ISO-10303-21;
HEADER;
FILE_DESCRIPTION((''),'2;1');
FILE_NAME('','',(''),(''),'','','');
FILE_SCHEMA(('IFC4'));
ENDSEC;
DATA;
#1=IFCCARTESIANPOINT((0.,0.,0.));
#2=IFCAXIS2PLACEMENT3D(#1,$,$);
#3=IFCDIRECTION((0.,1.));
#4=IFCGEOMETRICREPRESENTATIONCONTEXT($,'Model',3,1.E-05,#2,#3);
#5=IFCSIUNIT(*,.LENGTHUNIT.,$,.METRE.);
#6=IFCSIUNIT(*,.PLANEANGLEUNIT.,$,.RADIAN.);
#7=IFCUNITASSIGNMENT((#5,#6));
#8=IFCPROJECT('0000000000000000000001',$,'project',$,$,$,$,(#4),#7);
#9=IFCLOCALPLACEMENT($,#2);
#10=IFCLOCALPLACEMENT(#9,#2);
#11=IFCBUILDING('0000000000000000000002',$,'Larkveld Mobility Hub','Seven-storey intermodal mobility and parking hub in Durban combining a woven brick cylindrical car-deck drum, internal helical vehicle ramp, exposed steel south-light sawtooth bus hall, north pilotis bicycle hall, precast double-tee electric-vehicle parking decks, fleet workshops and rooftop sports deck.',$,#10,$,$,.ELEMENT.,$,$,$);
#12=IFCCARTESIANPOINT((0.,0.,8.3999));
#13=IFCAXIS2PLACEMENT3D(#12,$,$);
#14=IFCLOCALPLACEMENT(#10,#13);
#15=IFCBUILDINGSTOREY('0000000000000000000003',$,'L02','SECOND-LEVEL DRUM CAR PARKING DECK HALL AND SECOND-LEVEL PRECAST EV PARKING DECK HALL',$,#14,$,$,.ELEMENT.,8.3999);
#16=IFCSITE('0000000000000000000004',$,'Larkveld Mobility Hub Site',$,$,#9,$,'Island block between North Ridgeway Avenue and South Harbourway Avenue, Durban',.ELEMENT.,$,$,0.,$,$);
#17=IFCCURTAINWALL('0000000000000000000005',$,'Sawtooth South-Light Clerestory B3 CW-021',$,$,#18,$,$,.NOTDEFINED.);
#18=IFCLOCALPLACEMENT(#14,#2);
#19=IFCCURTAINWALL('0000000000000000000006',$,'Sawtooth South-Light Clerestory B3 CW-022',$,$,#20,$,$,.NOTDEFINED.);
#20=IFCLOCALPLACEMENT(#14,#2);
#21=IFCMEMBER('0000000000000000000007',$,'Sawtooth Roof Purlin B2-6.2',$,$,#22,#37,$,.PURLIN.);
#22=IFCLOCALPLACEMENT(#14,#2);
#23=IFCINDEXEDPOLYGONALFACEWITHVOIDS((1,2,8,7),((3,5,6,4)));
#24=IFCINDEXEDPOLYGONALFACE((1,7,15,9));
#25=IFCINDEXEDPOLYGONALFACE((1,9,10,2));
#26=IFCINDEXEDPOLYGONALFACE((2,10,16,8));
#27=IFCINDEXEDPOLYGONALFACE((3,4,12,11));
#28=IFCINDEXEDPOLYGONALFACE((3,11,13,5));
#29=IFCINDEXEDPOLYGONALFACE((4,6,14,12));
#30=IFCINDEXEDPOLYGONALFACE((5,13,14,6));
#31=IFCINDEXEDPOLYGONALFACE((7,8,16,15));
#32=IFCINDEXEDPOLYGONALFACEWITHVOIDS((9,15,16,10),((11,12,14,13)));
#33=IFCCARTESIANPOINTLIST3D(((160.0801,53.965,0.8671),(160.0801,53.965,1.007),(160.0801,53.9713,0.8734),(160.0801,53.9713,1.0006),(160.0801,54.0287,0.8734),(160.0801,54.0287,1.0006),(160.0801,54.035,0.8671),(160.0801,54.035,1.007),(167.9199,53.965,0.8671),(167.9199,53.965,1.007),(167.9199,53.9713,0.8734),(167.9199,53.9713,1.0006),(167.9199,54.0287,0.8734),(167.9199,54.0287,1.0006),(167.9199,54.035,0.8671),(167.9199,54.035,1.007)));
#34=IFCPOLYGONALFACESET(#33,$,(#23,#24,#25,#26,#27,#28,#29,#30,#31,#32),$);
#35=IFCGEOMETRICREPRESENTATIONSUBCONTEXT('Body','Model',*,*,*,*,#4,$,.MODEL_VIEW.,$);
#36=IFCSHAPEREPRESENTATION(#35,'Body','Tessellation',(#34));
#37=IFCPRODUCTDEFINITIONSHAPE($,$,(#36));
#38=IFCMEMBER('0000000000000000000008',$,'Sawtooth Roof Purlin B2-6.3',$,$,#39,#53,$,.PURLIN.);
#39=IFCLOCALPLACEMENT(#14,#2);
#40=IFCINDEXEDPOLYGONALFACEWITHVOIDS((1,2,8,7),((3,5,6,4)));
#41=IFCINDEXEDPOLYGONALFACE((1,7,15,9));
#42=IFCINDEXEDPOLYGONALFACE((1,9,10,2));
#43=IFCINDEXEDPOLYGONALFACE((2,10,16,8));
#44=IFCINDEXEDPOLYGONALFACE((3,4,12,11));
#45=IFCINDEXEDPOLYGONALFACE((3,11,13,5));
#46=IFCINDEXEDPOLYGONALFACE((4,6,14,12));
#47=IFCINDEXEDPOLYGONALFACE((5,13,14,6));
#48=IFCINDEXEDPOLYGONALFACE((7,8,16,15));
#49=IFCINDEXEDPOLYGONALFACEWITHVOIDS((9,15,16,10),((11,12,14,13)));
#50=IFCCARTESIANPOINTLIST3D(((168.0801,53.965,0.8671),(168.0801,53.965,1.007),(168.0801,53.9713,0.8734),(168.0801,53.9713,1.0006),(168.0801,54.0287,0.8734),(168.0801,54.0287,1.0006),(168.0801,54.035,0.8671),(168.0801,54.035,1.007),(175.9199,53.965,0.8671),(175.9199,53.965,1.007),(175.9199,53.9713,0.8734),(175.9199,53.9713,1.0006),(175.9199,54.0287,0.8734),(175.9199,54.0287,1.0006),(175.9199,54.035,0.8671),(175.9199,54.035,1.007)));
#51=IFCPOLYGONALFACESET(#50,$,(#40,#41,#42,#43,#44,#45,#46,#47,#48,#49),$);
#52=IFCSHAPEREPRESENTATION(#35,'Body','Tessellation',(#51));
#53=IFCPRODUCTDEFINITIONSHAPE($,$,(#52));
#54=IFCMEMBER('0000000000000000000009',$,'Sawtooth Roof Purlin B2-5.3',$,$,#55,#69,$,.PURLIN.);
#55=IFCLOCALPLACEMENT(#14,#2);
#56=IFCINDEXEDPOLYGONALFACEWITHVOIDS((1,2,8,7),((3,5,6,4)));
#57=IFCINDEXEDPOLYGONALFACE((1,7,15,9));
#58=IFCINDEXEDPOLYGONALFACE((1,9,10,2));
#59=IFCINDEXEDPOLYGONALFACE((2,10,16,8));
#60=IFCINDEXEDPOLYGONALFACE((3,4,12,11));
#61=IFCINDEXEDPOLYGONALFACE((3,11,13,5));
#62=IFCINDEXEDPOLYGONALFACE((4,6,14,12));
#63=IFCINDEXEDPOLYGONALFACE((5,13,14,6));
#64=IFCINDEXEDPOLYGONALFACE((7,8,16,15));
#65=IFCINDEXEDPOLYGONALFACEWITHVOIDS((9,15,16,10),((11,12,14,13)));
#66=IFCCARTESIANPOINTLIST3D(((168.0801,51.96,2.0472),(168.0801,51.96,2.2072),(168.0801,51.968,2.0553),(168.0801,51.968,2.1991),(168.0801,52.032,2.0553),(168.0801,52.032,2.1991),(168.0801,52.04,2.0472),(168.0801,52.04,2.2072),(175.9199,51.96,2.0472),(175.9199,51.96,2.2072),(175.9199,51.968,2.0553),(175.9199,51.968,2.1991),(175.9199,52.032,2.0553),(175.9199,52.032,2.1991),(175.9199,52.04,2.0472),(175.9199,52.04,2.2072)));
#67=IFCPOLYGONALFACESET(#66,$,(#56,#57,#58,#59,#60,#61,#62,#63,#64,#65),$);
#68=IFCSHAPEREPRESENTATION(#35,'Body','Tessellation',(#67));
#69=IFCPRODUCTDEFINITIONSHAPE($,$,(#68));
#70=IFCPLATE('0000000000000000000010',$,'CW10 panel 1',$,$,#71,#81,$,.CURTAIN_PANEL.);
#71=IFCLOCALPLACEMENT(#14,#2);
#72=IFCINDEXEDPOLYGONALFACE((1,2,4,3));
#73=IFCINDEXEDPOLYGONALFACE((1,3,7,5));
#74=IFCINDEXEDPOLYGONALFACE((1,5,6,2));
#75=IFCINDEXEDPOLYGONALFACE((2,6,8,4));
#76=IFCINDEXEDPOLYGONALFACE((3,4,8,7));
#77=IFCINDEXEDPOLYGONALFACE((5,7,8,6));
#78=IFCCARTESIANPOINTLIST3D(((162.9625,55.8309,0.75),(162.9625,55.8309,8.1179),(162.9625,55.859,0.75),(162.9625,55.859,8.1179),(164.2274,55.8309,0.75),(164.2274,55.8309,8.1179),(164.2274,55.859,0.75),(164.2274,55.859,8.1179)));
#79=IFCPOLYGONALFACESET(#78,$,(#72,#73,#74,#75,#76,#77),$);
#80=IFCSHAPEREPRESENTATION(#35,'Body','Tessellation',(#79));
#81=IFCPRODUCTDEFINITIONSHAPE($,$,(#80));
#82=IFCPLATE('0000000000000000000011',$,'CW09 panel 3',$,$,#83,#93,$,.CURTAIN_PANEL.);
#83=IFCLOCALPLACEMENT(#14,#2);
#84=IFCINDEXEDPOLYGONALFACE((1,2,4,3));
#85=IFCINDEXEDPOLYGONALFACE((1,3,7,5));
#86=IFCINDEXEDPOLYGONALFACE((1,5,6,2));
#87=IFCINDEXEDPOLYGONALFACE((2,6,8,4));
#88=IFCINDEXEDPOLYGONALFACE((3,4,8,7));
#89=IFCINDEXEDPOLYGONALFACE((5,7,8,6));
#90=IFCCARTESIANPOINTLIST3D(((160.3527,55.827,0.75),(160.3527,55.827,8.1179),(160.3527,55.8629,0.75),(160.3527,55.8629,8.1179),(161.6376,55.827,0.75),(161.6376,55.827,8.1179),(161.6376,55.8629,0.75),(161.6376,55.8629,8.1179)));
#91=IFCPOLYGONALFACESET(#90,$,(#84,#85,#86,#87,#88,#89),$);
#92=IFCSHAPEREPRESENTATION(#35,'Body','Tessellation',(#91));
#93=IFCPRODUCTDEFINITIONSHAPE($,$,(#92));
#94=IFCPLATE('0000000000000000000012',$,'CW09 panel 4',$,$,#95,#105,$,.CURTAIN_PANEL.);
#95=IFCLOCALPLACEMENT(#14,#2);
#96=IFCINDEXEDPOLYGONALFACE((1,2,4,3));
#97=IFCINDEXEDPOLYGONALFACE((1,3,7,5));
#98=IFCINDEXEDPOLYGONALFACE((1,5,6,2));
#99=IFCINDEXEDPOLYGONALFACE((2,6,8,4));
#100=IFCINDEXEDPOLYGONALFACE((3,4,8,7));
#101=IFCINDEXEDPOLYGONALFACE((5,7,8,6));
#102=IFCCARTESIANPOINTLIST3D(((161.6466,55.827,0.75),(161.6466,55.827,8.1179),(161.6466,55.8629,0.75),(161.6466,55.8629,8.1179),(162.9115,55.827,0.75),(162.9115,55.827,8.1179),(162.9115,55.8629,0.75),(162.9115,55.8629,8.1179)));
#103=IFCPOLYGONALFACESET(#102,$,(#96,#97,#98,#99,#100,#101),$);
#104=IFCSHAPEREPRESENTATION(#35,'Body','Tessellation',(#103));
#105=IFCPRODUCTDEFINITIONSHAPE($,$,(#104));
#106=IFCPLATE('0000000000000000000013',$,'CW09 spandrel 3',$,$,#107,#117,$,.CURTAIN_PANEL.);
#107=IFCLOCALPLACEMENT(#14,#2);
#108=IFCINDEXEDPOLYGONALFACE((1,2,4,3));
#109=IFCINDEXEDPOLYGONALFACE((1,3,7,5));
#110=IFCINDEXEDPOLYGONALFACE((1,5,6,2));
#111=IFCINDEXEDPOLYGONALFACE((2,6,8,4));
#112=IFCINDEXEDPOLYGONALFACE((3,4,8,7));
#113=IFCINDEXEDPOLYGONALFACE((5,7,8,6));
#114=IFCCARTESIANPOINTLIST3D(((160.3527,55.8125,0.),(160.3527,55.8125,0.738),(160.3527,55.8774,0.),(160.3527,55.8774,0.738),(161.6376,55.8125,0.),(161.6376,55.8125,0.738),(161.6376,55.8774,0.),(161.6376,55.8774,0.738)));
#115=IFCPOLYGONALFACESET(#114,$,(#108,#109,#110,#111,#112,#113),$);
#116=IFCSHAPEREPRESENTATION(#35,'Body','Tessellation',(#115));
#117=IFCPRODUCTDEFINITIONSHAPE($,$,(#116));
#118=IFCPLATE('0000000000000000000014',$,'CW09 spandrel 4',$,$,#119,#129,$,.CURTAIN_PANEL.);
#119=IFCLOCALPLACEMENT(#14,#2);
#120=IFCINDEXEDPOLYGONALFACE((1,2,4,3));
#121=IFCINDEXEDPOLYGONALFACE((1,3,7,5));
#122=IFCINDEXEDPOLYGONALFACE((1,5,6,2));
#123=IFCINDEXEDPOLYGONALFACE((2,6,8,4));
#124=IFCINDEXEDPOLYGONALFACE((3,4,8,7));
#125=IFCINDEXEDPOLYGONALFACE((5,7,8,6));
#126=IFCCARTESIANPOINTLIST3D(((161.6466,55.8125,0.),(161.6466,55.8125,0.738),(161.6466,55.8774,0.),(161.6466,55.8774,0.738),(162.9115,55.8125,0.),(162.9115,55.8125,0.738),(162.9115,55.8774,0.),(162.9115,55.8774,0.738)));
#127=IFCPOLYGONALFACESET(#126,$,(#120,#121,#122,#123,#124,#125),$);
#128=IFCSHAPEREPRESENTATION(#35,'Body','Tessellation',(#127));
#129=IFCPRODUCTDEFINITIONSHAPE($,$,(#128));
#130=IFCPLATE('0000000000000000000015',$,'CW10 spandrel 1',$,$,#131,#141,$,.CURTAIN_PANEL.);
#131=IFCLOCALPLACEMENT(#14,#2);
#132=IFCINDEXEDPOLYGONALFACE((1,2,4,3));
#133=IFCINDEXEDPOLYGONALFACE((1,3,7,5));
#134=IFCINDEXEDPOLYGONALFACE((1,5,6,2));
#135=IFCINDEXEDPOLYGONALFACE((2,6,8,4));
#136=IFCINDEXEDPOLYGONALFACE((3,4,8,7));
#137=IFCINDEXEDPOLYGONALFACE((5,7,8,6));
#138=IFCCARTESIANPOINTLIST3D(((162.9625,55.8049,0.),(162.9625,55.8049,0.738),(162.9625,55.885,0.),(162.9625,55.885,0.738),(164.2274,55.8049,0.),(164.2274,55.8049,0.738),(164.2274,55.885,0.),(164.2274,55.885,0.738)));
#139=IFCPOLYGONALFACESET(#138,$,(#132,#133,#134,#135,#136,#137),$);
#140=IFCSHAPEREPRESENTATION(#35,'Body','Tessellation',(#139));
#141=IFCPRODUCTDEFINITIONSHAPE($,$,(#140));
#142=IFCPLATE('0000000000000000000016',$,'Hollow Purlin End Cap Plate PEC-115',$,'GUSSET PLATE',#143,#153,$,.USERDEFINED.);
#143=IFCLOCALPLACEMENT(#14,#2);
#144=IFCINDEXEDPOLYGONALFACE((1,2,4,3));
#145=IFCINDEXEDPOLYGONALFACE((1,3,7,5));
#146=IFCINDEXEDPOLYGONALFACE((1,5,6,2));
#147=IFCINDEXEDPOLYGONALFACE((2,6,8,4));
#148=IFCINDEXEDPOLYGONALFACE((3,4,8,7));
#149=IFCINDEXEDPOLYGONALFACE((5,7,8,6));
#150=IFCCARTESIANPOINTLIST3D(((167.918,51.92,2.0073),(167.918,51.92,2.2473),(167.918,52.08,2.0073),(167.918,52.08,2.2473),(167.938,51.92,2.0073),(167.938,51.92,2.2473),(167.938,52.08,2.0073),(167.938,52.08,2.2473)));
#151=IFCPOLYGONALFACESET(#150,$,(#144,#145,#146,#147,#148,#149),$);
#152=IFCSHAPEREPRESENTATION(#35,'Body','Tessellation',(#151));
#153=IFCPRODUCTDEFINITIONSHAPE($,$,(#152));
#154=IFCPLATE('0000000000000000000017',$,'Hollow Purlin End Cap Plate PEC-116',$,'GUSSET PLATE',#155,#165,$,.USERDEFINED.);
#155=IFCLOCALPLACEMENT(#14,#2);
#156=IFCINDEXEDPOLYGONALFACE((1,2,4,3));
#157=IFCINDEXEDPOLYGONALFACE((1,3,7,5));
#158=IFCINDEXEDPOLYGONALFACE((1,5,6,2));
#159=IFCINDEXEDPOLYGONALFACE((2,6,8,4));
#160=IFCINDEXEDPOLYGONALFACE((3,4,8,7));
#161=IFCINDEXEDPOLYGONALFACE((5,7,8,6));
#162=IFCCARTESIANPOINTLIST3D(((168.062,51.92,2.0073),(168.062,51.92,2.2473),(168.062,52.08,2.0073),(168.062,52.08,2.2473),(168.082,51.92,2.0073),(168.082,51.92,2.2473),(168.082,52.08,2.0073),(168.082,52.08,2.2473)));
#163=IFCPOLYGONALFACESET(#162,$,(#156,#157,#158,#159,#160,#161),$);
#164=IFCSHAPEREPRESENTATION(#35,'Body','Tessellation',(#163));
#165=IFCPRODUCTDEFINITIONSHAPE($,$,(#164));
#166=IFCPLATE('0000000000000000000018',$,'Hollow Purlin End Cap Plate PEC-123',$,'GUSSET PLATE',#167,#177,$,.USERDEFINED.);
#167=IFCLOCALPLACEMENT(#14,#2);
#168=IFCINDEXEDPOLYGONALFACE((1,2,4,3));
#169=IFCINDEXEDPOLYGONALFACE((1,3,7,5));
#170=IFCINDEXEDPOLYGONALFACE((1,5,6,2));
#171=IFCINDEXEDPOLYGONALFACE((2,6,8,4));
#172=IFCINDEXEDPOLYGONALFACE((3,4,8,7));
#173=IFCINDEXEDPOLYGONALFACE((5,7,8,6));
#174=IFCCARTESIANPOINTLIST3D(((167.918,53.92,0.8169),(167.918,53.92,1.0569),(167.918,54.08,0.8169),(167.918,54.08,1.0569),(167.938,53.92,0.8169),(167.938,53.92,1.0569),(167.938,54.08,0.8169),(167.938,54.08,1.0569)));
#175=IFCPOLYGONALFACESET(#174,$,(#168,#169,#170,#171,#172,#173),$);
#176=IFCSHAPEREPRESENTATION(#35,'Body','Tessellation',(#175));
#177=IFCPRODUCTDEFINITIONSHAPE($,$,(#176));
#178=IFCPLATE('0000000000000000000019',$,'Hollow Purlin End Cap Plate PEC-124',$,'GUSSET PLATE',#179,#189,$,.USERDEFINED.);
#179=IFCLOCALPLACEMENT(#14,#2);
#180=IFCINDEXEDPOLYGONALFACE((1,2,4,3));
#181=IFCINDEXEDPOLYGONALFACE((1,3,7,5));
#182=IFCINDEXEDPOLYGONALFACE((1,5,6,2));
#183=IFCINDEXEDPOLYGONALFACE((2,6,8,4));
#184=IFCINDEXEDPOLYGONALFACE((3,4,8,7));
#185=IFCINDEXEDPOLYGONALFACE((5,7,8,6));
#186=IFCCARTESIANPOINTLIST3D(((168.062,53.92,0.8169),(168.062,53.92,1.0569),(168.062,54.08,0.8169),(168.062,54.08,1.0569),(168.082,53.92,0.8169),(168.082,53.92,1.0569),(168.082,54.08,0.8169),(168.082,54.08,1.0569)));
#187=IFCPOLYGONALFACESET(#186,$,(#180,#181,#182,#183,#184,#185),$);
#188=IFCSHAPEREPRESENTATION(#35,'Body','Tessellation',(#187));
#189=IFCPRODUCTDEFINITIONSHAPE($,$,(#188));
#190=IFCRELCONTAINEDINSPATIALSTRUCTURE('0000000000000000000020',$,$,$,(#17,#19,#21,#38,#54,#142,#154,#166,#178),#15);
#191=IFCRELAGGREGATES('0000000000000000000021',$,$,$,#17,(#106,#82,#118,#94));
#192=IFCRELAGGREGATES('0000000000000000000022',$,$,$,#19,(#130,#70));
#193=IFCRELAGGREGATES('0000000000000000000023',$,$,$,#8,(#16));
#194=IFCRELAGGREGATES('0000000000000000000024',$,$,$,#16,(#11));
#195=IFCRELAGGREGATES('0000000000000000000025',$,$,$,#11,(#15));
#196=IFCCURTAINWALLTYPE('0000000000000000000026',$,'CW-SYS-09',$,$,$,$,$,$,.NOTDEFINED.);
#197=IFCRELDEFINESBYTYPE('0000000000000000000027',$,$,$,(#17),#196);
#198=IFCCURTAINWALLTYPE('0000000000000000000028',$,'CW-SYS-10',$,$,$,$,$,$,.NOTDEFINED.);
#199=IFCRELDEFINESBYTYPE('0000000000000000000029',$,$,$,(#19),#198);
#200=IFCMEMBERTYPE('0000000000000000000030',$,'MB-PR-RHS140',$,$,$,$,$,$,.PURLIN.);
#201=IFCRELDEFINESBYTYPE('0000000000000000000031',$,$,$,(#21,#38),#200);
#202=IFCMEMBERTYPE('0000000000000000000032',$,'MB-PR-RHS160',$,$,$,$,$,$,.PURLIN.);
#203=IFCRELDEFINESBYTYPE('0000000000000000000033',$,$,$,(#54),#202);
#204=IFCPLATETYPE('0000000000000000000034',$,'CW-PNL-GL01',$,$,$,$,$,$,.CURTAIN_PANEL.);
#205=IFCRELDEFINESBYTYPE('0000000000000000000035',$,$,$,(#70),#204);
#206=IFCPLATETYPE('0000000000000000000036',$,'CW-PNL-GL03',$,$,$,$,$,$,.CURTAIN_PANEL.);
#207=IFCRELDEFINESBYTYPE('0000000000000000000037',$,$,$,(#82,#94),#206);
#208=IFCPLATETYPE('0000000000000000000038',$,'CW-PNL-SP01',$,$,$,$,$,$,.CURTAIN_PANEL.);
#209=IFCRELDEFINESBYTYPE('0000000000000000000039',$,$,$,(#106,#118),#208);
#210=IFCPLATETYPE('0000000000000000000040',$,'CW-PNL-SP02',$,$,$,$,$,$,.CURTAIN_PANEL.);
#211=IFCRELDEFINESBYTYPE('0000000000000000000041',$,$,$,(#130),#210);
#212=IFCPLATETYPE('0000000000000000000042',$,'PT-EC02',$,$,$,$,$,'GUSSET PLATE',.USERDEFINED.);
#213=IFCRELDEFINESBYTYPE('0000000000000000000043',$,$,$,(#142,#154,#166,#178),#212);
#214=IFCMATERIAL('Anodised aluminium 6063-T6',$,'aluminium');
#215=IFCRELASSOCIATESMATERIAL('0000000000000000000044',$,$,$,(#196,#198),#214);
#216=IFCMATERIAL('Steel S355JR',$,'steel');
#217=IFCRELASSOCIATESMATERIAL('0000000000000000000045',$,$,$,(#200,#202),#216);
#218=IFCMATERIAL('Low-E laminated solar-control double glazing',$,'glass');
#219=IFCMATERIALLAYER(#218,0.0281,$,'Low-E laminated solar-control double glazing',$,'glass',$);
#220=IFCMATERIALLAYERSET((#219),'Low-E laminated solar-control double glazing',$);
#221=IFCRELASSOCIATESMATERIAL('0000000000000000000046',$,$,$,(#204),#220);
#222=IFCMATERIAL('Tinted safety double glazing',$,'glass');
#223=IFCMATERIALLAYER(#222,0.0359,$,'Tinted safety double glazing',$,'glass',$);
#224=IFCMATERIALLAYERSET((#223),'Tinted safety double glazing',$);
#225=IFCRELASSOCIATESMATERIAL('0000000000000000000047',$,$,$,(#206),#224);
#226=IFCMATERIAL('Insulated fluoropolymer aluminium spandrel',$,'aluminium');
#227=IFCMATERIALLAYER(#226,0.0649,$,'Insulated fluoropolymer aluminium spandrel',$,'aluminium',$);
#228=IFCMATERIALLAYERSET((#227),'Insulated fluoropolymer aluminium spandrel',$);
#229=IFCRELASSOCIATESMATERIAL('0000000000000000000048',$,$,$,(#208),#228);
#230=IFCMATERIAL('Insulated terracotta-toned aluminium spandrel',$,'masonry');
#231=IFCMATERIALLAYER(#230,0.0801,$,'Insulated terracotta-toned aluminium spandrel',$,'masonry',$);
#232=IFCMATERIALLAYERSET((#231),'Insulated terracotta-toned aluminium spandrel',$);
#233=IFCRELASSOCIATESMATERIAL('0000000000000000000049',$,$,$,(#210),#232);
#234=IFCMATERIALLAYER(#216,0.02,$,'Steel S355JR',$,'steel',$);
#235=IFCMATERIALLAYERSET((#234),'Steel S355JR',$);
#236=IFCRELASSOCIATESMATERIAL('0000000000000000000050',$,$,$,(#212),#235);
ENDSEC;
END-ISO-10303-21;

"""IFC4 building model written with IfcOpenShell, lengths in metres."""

from ifc_helpers import new_model, si_unit, direction, frame, origin, origin_2d, place, context, subcontext, project, spatial, rectangle, hollow_rectangle, extrude, material, layer, layer_set, material_profile, profile_set, type_object, element, aggregate, save


model = new_model("IFC4")

# Units and contexts
model_context = context("Model", 3, precision=1e-05, world=origin(), true_north=direction((0.0, 1.0)))
body_context = subcontext(model_context, "Body", "Model", "MODEL_VIEW")
ifc_project = project(units=[si_unit("LENGTHUNIT", "METRE"), si_unit("PLANEANGLEUNIT", "RADIAN")], contexts=[model_context])

# Site, building, storey
site_placement = place(None, origin())
site = spatial("IfcSite", under=ifc_project, at=site_placement, Name="Larkveld Mobility Hub Site", LongName="Island block between North Ridgeway Avenue and South Harbourway Avenue, Durban", CompositionType="ELEMENT", RefElevation=0.0)
building_placement = place(site_placement, origin())
building = spatial("IfcBuilding", under=site, at=building_placement, Name="Larkveld Mobility Hub", Description="Seven-storey intermodal mobility and parking hub in Durban combining a woven brick cylindrical car-deck drum, internal helical vehicle ramp, exposed steel south-light sawtooth bus hall, north pilotis bicycle hall, precast double-tee electric-vehicle parking decks, fleet workshops and rooftop sports deck.", CompositionType="ELEMENT")
storey_placement = place(building_placement, frame((0.0, 0.0, 8.3999)))
storey = spatial("IfcBuildingStorey", under=building, at=storey_placement, Name="L02", Description="SECOND-LEVEL DRUM CAR PARKING DECK HALL AND SECOND-LEVEL PRECAST EV PARKING DECK HALL", CompositionType="ELEMENT", Elevation=8.3999)

# Curtain wall
ifc_material_1 = material(Name="Anodised aluminium 6063-T6", Category="aluminium")
curtain_wall_type_1 = type_object("IfcCurtainWallType", Name="CW-SYS-09", PredefinedType="NOTDEFINED", material=ifc_material_1)
curtain_wall_1_placement = place(storey_placement, origin())
curtain_wall_1 = element("IfcCurtainWall", 1, at=curtain_wall_1_placement, inside=storey, type_object=curtain_wall_type_1, Name="Sawtooth South-Light Clerestory B3 CW-021", PredefinedType="NOTDEFINED")

# Curtain wall
curtain_wall_type_2 = type_object("IfcCurtainWallType", Name="CW-SYS-10", PredefinedType="NOTDEFINED", material=ifc_material_1)
curtain_wall_2_placement = place(storey_placement, origin())
curtain_wall_2 = element("IfcCurtainWall", 2, at=curtain_wall_2_placement, inside=storey, type_object=curtain_wall_type_2, Name="Sawtooth South-Light Clerestory B3 CW-022", PredefinedType="NOTDEFINED")

# Members
ifc_material_2 = material(Name="Steel S355JR", Category="steel")
ifc_material_profile_1 = material_profile(ifc_material_2, hollow_rectangle(XDim=0.0701, YDim=0.1399, WallThickness=0.0063, at=origin_2d()), Name="RHS 140x70x6.3")
ifc_profile_set_1 = profile_set([ifc_material_profile_1], Name="Steel S355JR")
member_type_1 = type_object("IfcMemberType", Name="MB-PR-RHS140", PredefinedType="PURLIN", material=ifc_profile_set_1)
for number, where, z_axis, x_axis, name in (
    (3, (160.0801, 54.0, 0.937), (1.0, 0.0, 0.0), (0.0, 1.0, 0.0), "Sawtooth Roof Purlin B2-6.2"),
    (4, (168.0801, 54.0, 0.937), (1.0, 0.0, 0.0), (0.0, 1.0, 0.0), "Sawtooth Roof Purlin B2-6.3"),
):
    element("IfcMember", number, at=place(storey_placement, frame(where, z_axis=z_axis, x_axis=x_axis)), inside=storey, type_object=member_type_1, Name=name, PredefinedType="PURLIN", context=body_context, shape_type="SweptSolid", body=[
        extrude(hollow_rectangle(XDim=0.0701, YDim=0.1399, WallThickness=0.0063, at=origin_2d()), origin(), (0.0, 0.0, 1.0), 7.8398),
    ])
ifc_material_profile_2 = material_profile(ifc_material_2, hollow_rectangle(XDim=0.0801, YDim=0.1599, WallThickness=0.0081, at=origin_2d()), Name="RHS 160x80x8")
ifc_profile_set_2 = profile_set([ifc_material_profile_2], Name="Steel S355JR")
member_type_2 = type_object("IfcMemberType", Name="MB-PR-RHS160", PredefinedType="PURLIN", material=ifc_profile_set_2)
member_1_placement = place(storey_placement, frame((168.0801, 52.0, 2.1272), z_axis=(1.0, 0.0, 0.0), x_axis=(0.0, 1.0, 0.0)))
element("IfcMember", 5, at=member_1_placement, inside=storey, type_object=member_type_2, Name="Sawtooth Roof Purlin B2-5.3", PredefinedType="PURLIN", context=body_context, shape_type="SweptSolid", body=[
    extrude(hollow_rectangle(XDim=0.0801, YDim=0.1599, WallThickness=0.0081, at=origin_2d()), origin(), (0.0, 0.0, 1.0), 7.8398),
])

# Plates
ifc_material_3 = material(Name="Low-E laminated solar-control double glazing", Category="glass")
ifc_layer_1 = layer(ifc_material_3, 0.0281, Name="Low-E laminated solar-control double glazing", Category="glass")
ifc_layer_set_1 = layer_set([ifc_layer_1], Name="Low-E laminated solar-control double glazing")
plate_type_1 = type_object("IfcPlateType", Name="CW-PNL-GL01", PredefinedType="CURTAIN_PANEL", material=ifc_layer_set_1)
plate_1_placement = place(storey_placement, frame((163.595, 55.845, 0.75), z_axis=(0.0, 0.0, 1.0), x_axis=(1.0, 0.0, 0.0)))
plate_1 = element("IfcPlate", 6, at=plate_1_placement, type_object=plate_type_1, Name="CW10 panel 1", PredefinedType="CURTAIN_PANEL", context=body_context, shape_type="SweptSolid", body=[
    extrude(rectangle(XDim=1.2649, YDim=0.0281, at=origin_2d()), origin(), (0.0, 0.0, 1.0), 7.3679),
])
ifc_material_4 = material(Name="Tinted safety double glazing", Category="glass")
ifc_layer_2 = layer(ifc_material_4, 0.0359, Name="Tinted safety double glazing", Category="glass")
ifc_layer_set_2 = layer_set([ifc_layer_2], Name="Tinted safety double glazing")
plate_type_2 = type_object("IfcPlateType", Name="CW-PNL-GL03", PredefinedType="CURTAIN_PANEL", material=ifc_layer_set_2)
plate_2_placement = place(storey_placement, frame((160.9951, 55.845, 0.75), z_axis=(0.0, 0.0, 1.0), x_axis=(1.0, 0.0, 0.0)))
plate_2 = element("IfcPlate", 7, at=plate_2_placement, type_object=plate_type_2, Name="CW09 panel 3", PredefinedType="CURTAIN_PANEL", context=body_context, shape_type="SweptSolid", body=[
    extrude(rectangle(XDim=1.2849, YDim=0.0359, at=origin_2d()), origin(), (0.0, 0.0, 1.0), 7.3679),
])
plate_3_placement = place(storey_placement, frame((162.2791, 55.845, 0.75), z_axis=(0.0, 0.0, 1.0), x_axis=(1.0, 0.0, 0.0)))
plate_3 = element("IfcPlate", 8, at=plate_3_placement, type_object=plate_type_2, Name="CW09 panel 4", PredefinedType="CURTAIN_PANEL", context=body_context, shape_type="SweptSolid", body=[
    extrude(rectangle(XDim=1.2649, YDim=0.0359, at=origin_2d()), origin(), (0.0, 0.0, 1.0), 7.3679),
])
ifc_material_5 = material(Name="Insulated fluoropolymer aluminium spandrel", Category="aluminium")
ifc_layer_3 = layer(ifc_material_5, 0.0649, Name="Insulated fluoropolymer aluminium spandrel", Category="aluminium")
ifc_layer_set_3 = layer_set([ifc_layer_3], Name="Insulated fluoropolymer aluminium spandrel")
plate_type_3 = type_object("IfcPlateType", Name="CW-PNL-SP01", PredefinedType="CURTAIN_PANEL", material=ifc_layer_set_3)
plate_4_placement = place(storey_placement, frame((160.9951, 55.845, 0.0), z_axis=(0.0, 0.0, 1.0), x_axis=(1.0, 0.0, 0.0)))
plate_4 = element("IfcPlate", 9, at=plate_4_placement, type_object=plate_type_3, Name="CW09 spandrel 3", PredefinedType="CURTAIN_PANEL", context=body_context, shape_type="SweptSolid", body=[
    extrude(rectangle(XDim=1.2849, YDim=0.0649, at=origin_2d()), origin(), (0.0, 0.0, 1.0), 0.738),
])
plate_5_placement = place(storey_placement, frame((162.2791, 55.845, 0.0), z_axis=(0.0, 0.0, 1.0), x_axis=(1.0, 0.0, 0.0)))
plate_5 = element("IfcPlate", 10, at=plate_5_placement, type_object=plate_type_3, Name="CW09 spandrel 4", PredefinedType="CURTAIN_PANEL", context=body_context, shape_type="SweptSolid", body=[
    extrude(rectangle(XDim=1.2649, YDim=0.0649, at=origin_2d()), origin(), (0.0, 0.0, 1.0), 0.738),
])
aggregate(curtain_wall_1, [plate_4, plate_2, plate_5, plate_3])
ifc_material_6 = material(Name="Insulated terracotta-toned aluminium spandrel", Category="masonry")
ifc_layer_4 = layer(ifc_material_6, 0.0801, Name="Insulated terracotta-toned aluminium spandrel", Category="masonry")
ifc_layer_set_4 = layer_set([ifc_layer_4], Name="Insulated terracotta-toned aluminium spandrel")
plate_type_4 = type_object("IfcPlateType", Name="CW-PNL-SP02", PredefinedType="CURTAIN_PANEL", material=ifc_layer_set_4)
plate_6_placement = place(storey_placement, frame((163.595, 55.845, 0.0), z_axis=(0.0, 0.0, 1.0), x_axis=(1.0, 0.0, 0.0)))
plate_6 = element("IfcPlate", 11, at=plate_6_placement, type_object=plate_type_4, Name="CW10 spandrel 1", PredefinedType="CURTAIN_PANEL", context=body_context, shape_type="SweptSolid", body=[
    extrude(rectangle(XDim=1.2649, YDim=0.0801, at=origin_2d()), origin(), (0.0, 0.0, 1.0), 0.738),
])
aggregate(curtain_wall_2, [plate_6, plate_1])

# Plates
ifc_layer_5 = layer(ifc_material_2, 0.02, Name="Steel S355JR", Category="steel")
ifc_layer_set_5 = layer_set([ifc_layer_5], Name="Steel S355JR")
plate_type_5 = type_object("IfcPlateType", Name="PT-EC02", ElementType="GUSSET PLATE", PredefinedType="USERDEFINED", material=ifc_layer_set_5)
for number, where, z_axis, x_axis, name in (
    (12, (167.928, 52.0, 2.0073), (0.0, 0.0, 1.0), (1.0, 0.0, 0.0), "Hollow Purlin End Cap Plate PEC-115"),
    (13, (168.072, 52.0, 2.0073), (0.0, 0.0, 1.0), (1.0, 0.0, 0.0), "Hollow Purlin End Cap Plate PEC-116"),
    (14, (167.928, 54.0, 0.8169), (0.0, 0.0, 1.0), (1.0, 0.0, 0.0), "Hollow Purlin End Cap Plate PEC-123"),
    (15, (168.072, 54.0, 0.8169), (0.0, 0.0, 1.0), (1.0, 0.0, 0.0), "Hollow Purlin End Cap Plate PEC-124"),
):
    element("IfcPlate", number, at=place(storey_placement, frame(where, z_axis=z_axis, x_axis=x_axis)), inside=storey, type_object=plate_type_5, Name=name, ObjectType="GUSSET PLATE", PredefinedType="USERDEFINED", context=body_context, shape_type="SweptSolid", body=[
        extrude(rectangle(XDim=0.02, YDim=0.1599, at=origin_2d()), origin(), (0.0, 0.0, 1.0), 0.24),
    ])

save(model, "model.ifc")
